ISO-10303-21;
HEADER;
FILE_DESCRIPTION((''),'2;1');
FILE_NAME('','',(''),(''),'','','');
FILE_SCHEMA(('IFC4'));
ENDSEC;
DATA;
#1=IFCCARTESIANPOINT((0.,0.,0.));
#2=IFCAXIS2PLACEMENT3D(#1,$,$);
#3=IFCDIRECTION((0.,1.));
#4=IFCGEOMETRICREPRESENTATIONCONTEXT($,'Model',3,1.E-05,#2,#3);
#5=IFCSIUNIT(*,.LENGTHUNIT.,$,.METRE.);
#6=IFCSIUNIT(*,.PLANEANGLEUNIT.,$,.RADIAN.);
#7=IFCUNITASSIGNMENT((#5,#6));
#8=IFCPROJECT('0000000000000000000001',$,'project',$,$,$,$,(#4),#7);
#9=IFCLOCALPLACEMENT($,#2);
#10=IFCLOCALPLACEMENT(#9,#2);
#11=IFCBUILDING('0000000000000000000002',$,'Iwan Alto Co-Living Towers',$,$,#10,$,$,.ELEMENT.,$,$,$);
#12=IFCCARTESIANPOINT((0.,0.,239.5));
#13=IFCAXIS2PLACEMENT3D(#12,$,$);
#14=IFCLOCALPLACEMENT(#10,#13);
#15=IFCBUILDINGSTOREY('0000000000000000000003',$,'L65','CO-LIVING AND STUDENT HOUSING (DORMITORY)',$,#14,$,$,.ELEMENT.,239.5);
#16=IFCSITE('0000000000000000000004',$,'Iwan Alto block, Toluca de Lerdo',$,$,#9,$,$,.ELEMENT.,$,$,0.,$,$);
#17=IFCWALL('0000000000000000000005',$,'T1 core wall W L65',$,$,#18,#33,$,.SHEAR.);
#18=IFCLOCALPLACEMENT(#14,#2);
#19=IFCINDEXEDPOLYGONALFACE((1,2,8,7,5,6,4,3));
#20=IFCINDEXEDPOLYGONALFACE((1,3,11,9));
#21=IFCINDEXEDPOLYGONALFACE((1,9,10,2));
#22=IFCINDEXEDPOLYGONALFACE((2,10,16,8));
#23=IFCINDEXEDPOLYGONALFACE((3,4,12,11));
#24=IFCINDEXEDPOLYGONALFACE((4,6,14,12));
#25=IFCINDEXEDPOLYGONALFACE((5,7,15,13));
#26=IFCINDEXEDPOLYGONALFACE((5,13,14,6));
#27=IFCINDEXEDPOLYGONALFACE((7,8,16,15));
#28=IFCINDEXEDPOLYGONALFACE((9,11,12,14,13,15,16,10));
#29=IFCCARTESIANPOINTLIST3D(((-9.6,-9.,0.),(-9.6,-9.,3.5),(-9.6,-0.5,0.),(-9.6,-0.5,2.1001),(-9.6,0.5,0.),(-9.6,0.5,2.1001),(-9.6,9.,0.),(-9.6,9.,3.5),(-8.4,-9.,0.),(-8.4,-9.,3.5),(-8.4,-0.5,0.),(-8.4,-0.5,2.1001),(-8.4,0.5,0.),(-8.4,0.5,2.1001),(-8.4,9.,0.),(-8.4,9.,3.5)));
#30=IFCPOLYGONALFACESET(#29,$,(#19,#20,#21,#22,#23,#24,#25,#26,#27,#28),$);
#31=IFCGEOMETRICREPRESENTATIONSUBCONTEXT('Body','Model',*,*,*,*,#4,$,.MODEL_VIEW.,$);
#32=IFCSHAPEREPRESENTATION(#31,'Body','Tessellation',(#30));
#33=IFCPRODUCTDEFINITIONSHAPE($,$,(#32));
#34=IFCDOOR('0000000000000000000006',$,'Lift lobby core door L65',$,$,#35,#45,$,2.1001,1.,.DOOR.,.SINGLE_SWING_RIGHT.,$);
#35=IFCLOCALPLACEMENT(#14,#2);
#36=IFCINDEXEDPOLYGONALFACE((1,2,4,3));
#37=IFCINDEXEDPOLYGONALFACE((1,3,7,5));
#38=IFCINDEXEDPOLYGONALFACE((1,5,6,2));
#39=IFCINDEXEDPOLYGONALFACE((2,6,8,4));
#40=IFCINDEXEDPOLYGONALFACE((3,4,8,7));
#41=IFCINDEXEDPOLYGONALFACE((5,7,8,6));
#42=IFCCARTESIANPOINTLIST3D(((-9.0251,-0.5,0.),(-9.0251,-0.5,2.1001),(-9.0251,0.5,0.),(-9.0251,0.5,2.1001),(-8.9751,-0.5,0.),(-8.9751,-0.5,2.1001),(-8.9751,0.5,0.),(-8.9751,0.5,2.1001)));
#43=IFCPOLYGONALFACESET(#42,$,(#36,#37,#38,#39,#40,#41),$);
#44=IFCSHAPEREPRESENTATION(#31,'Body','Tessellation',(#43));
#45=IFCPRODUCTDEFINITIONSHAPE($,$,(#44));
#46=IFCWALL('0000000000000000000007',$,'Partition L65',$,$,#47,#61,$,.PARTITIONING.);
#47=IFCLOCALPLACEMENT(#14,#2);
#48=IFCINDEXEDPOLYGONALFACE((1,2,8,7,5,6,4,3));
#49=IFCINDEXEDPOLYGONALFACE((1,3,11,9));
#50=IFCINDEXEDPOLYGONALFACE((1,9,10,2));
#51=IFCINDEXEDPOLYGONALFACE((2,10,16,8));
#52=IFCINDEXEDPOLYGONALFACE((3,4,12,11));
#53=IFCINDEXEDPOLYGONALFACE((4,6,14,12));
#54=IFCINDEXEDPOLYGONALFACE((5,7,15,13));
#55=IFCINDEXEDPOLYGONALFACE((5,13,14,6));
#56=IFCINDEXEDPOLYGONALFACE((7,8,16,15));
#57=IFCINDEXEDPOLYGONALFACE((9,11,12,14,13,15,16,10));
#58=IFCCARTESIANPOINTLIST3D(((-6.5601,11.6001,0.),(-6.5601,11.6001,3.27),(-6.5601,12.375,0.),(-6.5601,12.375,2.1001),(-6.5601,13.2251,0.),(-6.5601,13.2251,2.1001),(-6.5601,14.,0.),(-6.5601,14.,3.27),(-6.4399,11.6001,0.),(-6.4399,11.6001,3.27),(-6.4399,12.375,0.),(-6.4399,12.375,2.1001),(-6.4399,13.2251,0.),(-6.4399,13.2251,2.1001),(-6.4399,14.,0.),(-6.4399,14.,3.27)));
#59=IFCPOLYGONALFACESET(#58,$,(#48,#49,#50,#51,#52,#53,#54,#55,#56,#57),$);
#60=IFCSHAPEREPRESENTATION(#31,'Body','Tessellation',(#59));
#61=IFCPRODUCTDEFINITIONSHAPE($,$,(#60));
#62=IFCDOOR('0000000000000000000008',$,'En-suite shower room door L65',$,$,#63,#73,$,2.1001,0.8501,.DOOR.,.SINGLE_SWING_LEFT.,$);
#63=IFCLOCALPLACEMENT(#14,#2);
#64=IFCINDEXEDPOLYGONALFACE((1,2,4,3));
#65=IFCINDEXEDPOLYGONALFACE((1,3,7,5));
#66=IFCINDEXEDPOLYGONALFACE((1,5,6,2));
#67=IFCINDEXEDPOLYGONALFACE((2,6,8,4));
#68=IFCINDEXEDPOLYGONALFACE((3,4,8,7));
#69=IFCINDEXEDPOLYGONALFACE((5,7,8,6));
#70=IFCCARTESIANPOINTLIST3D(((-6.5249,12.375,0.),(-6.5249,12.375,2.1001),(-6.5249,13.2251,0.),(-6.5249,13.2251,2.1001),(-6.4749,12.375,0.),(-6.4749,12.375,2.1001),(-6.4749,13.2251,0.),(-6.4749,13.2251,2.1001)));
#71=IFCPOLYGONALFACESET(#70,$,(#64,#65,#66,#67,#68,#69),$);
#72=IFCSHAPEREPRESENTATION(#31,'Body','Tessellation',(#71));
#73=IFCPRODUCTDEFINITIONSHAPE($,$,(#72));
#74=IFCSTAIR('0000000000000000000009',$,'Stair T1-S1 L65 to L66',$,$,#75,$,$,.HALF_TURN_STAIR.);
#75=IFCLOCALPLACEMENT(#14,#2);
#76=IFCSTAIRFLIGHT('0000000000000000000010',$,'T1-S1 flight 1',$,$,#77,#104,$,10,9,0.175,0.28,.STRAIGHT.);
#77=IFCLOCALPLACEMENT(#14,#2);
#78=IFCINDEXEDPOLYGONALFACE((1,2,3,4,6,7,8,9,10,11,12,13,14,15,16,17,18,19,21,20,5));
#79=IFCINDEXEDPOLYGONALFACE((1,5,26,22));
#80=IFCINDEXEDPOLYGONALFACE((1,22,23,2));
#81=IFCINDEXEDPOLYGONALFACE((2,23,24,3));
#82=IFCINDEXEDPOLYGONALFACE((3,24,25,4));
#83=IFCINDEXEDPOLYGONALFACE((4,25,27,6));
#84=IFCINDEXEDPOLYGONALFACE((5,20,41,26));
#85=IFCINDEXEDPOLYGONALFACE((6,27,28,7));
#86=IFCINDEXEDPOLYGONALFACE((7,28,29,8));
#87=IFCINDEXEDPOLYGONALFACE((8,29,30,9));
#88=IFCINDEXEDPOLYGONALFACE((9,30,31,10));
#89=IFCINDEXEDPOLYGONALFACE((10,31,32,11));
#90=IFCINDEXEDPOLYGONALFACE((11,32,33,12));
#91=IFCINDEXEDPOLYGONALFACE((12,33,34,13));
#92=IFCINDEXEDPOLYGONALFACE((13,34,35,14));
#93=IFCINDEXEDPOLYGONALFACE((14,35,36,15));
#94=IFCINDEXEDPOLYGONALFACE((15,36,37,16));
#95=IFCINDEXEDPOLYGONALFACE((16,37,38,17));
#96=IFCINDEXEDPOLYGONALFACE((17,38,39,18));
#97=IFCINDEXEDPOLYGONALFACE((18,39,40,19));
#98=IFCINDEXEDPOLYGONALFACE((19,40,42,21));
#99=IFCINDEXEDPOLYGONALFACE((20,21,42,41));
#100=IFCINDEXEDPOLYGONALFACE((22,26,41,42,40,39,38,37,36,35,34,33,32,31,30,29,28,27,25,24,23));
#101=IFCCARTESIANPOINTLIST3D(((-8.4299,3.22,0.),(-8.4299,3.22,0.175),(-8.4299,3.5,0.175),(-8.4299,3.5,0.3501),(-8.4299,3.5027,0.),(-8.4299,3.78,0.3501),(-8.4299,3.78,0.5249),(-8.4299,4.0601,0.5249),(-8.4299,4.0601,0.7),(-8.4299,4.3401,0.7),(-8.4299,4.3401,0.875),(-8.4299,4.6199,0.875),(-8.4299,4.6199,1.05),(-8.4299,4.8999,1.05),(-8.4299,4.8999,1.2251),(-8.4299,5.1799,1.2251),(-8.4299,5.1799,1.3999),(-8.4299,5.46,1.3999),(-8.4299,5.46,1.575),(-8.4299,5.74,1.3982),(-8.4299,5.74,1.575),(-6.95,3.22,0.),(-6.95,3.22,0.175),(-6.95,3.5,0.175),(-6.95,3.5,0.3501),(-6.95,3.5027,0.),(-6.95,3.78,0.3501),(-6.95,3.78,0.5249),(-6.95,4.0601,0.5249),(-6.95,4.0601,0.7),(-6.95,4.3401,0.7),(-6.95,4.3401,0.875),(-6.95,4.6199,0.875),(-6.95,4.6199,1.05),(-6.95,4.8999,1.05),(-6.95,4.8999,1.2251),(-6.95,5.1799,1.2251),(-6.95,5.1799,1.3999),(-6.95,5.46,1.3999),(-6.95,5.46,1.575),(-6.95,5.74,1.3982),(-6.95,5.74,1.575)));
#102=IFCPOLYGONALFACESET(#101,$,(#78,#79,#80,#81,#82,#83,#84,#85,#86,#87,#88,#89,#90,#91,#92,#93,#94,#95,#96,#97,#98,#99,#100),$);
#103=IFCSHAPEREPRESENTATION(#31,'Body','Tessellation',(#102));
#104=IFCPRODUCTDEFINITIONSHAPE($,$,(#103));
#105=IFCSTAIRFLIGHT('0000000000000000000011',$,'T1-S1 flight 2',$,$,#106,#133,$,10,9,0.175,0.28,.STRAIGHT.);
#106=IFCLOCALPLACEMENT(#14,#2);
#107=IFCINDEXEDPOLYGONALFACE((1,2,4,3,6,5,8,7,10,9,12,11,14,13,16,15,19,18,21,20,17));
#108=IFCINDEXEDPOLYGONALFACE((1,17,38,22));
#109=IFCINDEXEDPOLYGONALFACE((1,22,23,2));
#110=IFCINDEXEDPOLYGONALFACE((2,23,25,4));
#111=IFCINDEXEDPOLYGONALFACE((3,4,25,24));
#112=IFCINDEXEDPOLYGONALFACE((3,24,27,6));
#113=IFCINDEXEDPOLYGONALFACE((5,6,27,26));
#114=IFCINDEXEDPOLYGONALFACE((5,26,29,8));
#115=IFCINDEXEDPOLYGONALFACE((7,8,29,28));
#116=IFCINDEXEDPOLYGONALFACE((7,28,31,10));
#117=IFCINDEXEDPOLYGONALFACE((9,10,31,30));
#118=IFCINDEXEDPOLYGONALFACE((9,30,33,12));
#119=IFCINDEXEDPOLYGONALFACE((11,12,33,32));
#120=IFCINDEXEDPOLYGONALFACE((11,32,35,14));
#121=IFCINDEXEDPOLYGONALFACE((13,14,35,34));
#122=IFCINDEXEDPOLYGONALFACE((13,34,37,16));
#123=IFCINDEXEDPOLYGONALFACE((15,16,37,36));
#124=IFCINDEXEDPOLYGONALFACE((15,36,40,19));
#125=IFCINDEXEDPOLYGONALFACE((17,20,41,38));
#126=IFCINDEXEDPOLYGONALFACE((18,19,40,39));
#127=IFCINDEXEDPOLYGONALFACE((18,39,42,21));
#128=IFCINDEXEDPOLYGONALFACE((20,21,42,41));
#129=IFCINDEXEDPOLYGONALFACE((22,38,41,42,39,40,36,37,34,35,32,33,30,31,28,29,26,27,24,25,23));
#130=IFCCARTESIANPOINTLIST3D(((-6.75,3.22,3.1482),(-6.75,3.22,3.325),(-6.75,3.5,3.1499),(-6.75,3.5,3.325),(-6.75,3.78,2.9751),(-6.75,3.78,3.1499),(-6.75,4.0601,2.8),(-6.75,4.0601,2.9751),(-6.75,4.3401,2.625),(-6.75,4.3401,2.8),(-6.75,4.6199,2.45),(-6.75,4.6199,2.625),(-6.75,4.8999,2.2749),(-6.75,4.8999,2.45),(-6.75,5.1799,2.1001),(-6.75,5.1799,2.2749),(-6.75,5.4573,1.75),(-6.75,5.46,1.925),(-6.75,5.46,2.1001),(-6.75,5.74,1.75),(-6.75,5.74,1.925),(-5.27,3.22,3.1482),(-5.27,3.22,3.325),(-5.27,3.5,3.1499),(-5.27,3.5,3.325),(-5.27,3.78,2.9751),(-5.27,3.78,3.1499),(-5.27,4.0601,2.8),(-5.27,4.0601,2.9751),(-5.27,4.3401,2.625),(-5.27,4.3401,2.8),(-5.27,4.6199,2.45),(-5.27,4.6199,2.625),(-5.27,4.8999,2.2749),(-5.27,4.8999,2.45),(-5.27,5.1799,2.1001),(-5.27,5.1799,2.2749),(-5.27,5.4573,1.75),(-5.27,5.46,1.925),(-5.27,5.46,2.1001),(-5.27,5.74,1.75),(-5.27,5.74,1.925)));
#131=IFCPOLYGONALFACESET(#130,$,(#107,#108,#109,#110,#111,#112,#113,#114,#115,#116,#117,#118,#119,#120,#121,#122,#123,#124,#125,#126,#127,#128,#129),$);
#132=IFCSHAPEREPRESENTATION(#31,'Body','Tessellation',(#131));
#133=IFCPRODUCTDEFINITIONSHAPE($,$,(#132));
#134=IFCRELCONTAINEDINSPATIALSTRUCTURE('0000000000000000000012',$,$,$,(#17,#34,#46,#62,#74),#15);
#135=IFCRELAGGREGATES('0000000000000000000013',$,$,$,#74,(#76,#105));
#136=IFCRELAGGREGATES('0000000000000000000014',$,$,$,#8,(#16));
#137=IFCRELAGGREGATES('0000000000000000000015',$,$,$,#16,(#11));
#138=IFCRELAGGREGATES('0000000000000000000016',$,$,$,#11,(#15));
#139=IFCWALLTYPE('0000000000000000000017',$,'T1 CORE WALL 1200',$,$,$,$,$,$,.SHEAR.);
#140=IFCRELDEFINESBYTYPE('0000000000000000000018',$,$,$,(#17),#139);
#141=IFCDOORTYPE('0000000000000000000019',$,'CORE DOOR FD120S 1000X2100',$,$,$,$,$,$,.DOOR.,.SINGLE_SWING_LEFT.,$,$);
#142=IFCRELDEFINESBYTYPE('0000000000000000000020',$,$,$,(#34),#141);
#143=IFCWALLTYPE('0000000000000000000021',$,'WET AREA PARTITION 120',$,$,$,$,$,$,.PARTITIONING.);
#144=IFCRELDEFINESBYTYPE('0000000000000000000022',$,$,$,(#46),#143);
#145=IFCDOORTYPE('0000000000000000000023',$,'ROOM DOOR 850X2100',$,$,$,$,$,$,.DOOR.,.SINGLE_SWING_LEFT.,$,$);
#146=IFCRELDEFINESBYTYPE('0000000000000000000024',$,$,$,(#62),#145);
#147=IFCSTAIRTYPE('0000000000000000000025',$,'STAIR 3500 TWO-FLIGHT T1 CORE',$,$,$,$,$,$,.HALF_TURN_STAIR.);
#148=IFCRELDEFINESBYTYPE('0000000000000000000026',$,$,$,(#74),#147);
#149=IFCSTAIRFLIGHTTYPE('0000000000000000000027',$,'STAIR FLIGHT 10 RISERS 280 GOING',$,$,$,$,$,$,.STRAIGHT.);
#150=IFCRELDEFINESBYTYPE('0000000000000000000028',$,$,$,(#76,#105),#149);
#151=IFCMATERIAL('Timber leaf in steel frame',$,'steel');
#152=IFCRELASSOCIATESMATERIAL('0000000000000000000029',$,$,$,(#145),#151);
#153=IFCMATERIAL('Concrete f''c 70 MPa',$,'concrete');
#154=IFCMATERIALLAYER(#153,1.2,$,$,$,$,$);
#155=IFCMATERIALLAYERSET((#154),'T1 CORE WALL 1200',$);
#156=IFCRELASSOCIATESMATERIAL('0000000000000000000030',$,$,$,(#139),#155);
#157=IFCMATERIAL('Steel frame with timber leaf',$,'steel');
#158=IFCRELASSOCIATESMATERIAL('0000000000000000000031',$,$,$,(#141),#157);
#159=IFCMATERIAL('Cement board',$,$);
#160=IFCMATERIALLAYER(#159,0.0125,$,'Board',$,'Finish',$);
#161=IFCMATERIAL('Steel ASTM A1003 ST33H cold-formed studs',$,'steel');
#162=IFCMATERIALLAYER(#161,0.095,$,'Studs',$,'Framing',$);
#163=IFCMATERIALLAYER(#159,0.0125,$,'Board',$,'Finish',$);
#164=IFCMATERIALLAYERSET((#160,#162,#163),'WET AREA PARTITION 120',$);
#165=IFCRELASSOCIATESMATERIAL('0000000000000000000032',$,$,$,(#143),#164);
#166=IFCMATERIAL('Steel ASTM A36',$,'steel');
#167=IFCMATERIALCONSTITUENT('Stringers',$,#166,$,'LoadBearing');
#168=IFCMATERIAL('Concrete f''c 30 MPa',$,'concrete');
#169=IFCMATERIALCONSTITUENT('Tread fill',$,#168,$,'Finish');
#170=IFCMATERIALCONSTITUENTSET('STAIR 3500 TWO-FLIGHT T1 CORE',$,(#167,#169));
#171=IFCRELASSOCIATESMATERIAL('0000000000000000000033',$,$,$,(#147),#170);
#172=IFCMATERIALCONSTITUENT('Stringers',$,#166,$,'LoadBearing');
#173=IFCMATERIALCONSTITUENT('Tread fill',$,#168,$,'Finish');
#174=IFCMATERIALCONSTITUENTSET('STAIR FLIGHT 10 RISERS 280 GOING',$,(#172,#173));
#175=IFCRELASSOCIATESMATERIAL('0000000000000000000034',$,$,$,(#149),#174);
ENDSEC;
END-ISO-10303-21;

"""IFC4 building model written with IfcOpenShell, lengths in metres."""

from ifc_helpers import new_model, si_unit, direction, frame, frame_2d, origin, place, context, subcontext, project, spatial, polyline, rectangle, outline, extrude, material, layer, layer_set, constituent, constituent_set, type_object, element, fill, aggregate, save


model = new_model("IFC4")

# Units and contexts
model_context = context("Model", 3, precision=1e-05, world=origin(), true_north=direction((0.0, 1.0)))
body_context = subcontext(model_context, "Body", "Model", "MODEL_VIEW")
ifc_project = project(units=[si_unit("LENGTHUNIT", "METRE"), si_unit("PLANEANGLEUNIT", "RADIAN")], contexts=[model_context])

# Site, building, storey
site_placement = place(None, origin())
site = spatial("IfcSite", under=ifc_project, at=site_placement, Name="Iwan Alto block, Toluca de Lerdo", CompositionType="ELEMENT", RefElevation=0.0)
building_placement = place(site_placement, origin())
building = spatial("IfcBuilding", under=site, at=building_placement, Name="Iwan Alto Co-Living Towers", CompositionType="ELEMENT")
storey_placement = place(building_placement, frame((0.0, 0.0, 239.5)))
storey = spatial("IfcBuildingStorey", under=building, at=storey_placement, Name="L65", Description="CO-LIVING AND STUDENT HOUSING (DORMITORY)", CompositionType="ELEMENT", Elevation=239.5)

# Shared definitions
ifc_material_1 = material(Name="Steel ASTM A1003 ST33H cold-formed studs", Category="steel")

# Shared definitions
ifc_material_2 = material(Name="Timber leaf in steel frame", Category="steel")
door_type_1 = type_object("IfcDoorType", Name="ROOM DOOR 850X2100", OperationType="SINGLE_SWING_LEFT", PredefinedType="DOOR", material=ifc_material_2)

# Walls, openings, doors
ifc_material_3 = material(Name="Concrete f'c 70 MPa", Category="concrete")
ifc_layer_1 = layer(ifc_material_3, 1.2)
ifc_layer_set_1 = layer_set([ifc_layer_1], Name="T1 CORE WALL 1200")
wall_type_1 = type_object("IfcWallType", Name="T1 CORE WALL 1200", PredefinedType="SHEAR", material=ifc_layer_set_1)
wall_1_placement = place(storey_placement, frame((-9.0, 9.0, 0.0), z_axis=(0.0, 0.0, 1.0), x_axis=(0.0, -1.0, 0.0)))
wall_1 = element("IfcWall", 1, at=wall_1_placement, inside=storey, type_object=wall_type_1, Name="T1 core wall W L65", PredefinedType="SHEAR", context=body_context, shape_type="SweptSolid", body=[
    extrude(rectangle(XDim=18.0, YDim=1.2, at=frame_2d((9.0, 0.0))), origin(), (0.0, 0.0, 1.0), 3.5),
])
opening_1_placement = place(wall_1_placement, frame((8.5, 0.0, 0.0)))
opening_1 = element("IfcOpeningElement", 2, at=opening_1_placement, cuts=wall_1, PredefinedType="OPENING", context=body_context, shape_type="SweptSolid", body=[
    extrude(rectangle(XDim=1.0, YDim=2.1001, at=frame_2d((0.5, 1.05))), frame((0.0, 0.6099, 0.0), z_axis=(0.0, -1.0, 0.0), x_axis=(1.0, 0.0, 0.0)), (0.0, 0.0, 1.0), 1.22),
])
ifc_material_4 = material(Name="Steel frame with timber leaf", Category="steel")
door_type_2 = type_object("IfcDoorType", Name="CORE DOOR FD120S 1000X2100", OperationType="SINGLE_SWING_LEFT", PredefinedType="DOOR", material=ifc_material_4)
door_1_placement = place(opening_1_placement, origin())
door_1 = element("IfcDoor", 3, at=door_1_placement, inside=storey, type_object=door_type_2, Name="Lift lobby core door L65", OperationType="SINGLE_SWING_RIGHT", OverallHeight=2.1001, OverallWidth=1.0, PredefinedType="DOOR", context=body_context, shape_type="SweptSolid", body=[
    extrude(rectangle(XDim=1.0, YDim=2.1001, at=frame_2d((0.5, 1.05))), frame((0.0, 0.0249, 0.0), z_axis=(0.0, -1.0, 0.0), x_axis=(1.0, 0.0, 0.0)), (0.0, 0.0, 1.0), 0.05),
])
fill(opening_1, door_1)
ifc_material_5 = material(Name="Cement board")
ifc_layer_2 = layer(ifc_material_5, 0.0125, Name="Board", Category="Finish")
ifc_layer_3 = layer(ifc_material_1, 0.095, Name="Studs", Category="Framing")
ifc_layer_4 = layer(ifc_material_5, 0.0125, Name="Board", Category="Finish")
ifc_layer_set_2 = layer_set([ifc_layer_2, ifc_layer_3, ifc_layer_4], Name="WET AREA PARTITION 120")
wall_type_2 = type_object("IfcWallType", Name="WET AREA PARTITION 120", PredefinedType="PARTITIONING", material=ifc_layer_set_2)
wall_2_placement = place(storey_placement, frame((-6.5, 11.6001, 0.0), z_axis=(0.0, 0.0, 1.0), x_axis=(0.0, 1.0, 0.0)))
wall_2 = element("IfcWall", 4, at=wall_2_placement, inside=storey, type_object=wall_type_2, Name="Partition L65", PredefinedType="PARTITIONING", context=body_context, shape_type="SweptSolid", body=[
    extrude(rectangle(XDim=2.3999, YDim=0.1201, at=frame_2d((1.2, 0.0))), origin(), (0.0, 0.0, 1.0), 3.27),
])
opening_2_placement = place(wall_2_placement, frame((0.7749, 0.0, 0.0)))
opening_2 = element("IfcOpeningElement", 5, at=opening_2_placement, cuts=wall_2, PredefinedType="OPENING", context=body_context, shape_type="SweptSolid", body=[
    extrude(rectangle(XDim=0.8501, YDim=2.1001, at=frame_2d((0.425, 1.05))), frame((0.0, 0.0701, 0.0), z_axis=(0.0, -1.0, 0.0), x_axis=(1.0, 0.0, 0.0)), (0.0, 0.0, 1.0), 0.1401),
])
door_2_placement = place(opening_2_placement, origin())
door_2 = element("IfcDoor", 6, at=door_2_placement, inside=storey, type_object=door_type_1, Name="En-suite shower room door L65", OperationType="SINGLE_SWING_LEFT", OverallHeight=2.1001, OverallWidth=0.8501, PredefinedType="DOOR", context=body_context, shape_type="SweptSolid", body=[
    extrude(rectangle(XDim=0.8501, YDim=2.1001, at=frame_2d((0.425, 1.05))), frame((0.0, 0.0249, 0.0), z_axis=(0.0, -1.0, 0.0), x_axis=(1.0, 0.0, 0.0)), (0.0, 0.0, 1.0), 0.05),
])
fill(opening_2, door_2)

# Stair, stair flights
ifc_material_6 = material(Name="Steel ASTM A36", Category="steel")
ifc_constituent_1 = constituent(ifc_material_6, Name="Stringers", Category="LoadBearing")
ifc_material_7 = material(Name="Concrete f'c 30 MPa", Category="concrete")
ifc_constituent_2 = constituent(ifc_material_7, Name="Tread fill", Category="Finish")
ifc_constituent_set_1 = constituent_set(constituents=[ifc_constituent_1, ifc_constituent_2], Name="STAIR 3500 TWO-FLIGHT T1 CORE")
stair_type = type_object("IfcStairType", Name="STAIR 3500 TWO-FLIGHT T1 CORE", PredefinedType="HALF_TURN_STAIR", material=ifc_constituent_set_1)
stair_placement = place(storey_placement, origin())
stair = element("IfcStair", 7, at=stair_placement, inside=storey, type_object=stair_type, Name="Stair T1-S1 L65 to L66", PredefinedType="HALF_TURN_STAIR")
ifc_constituent_3 = constituent(ifc_material_6, Name="Stringers", Category="LoadBearing")
ifc_constituent_4 = constituent(ifc_material_7, Name="Tread fill", Category="Finish")
ifc_constituent_set_2 = constituent_set(constituents=[ifc_constituent_3, ifc_constituent_4], Name="STAIR FLIGHT 10 RISERS 280 GOING")
stair_flight_type = type_object("IfcStairFlightType", Name="STAIR FLIGHT 10 RISERS 280 GOING", PredefinedType="STRAIGHT", material=ifc_constituent_set_2)
stair_flight_1_placement = place(storey_placement, frame((-7.6899, 3.22, 0.0), z_axis=(0.0, 0.0, 1.0), x_axis=(0.0, 1.0, 0.0)))
stair_flight_1 = element("IfcStairFlight", 8, at=stair_flight_1_placement, type_object=stair_flight_type, Name="T1-S1 flight 1", NumberOfRisers=10, NumberOfTreads=9, PredefinedType="STRAIGHT", RiserHeight=0.175, TreadLength=0.28, context=body_context, shape_type="SweptSolid", body=[
    extrude(outline(polyline([(0.0, 0.0), (0.0, 0.175), (0.28, 0.175), (0.28, 0.3501), (0.5601, 0.3501), (0.5601, 0.5249), (0.8401, 0.5249), (0.8401, 0.7), (1.1201, 0.7), (1.1201, 0.875), (1.3999, 0.875), (1.3999, 1.05), (1.6799, 1.05), (1.6799, 1.2251), (1.96, 1.2251), (1.96, 1.3999), (2.24, 1.3999), (2.24, 1.575), (2.52, 1.575), (2.52, 1.75), (2.52, 1.3982), (0.2827, 0.0), (0.0, 0.0)])), frame((0.0, 0.74, 0.0), z_axis=(0.0, -1.0, 0.0), x_axis=(1.0, 0.0, 0.0)), (0.0, 0.0, 1.0), 1.48),
])
stair_flight_2_placement = place(storey_placement, frame((-6.01, 5.74, 1.75), z_axis=(0.0, 0.0, 1.0), x_axis=(0.0, -1.0, 0.0)))
stair_flight_2 = element("IfcStairFlight", 9, at=stair_flight_2_placement, type_object=stair_flight_type, Name="T1-S1 flight 2", NumberOfRisers=10, NumberOfTreads=9, PredefinedType="STRAIGHT", RiserHeight=0.175, TreadLength=0.28, context=body_context, shape_type="SweptSolid", body=[
    extrude(outline(polyline([(0.0, 0.0), (0.0, 0.175), (0.28, 0.175), (0.28, 0.3501), (0.5601, 0.3501), (0.5601, 0.5249), (0.8401, 0.5249), (0.8401, 0.7), (1.1201, 0.7), (1.1201, 0.875), (1.3999, 0.875), (1.3999, 1.05), (1.6799, 1.05), (1.6799, 1.2251), (1.96, 1.2251), (1.96, 1.3999), (2.24, 1.3999), (2.24, 1.575), (2.52, 1.575), (2.52, 1.75), (2.52, 1.3982), (0.2827, 0.0), (0.0, 0.0)])), frame((0.0, 0.74, 0.0), z_axis=(0.0, -1.0, 0.0), x_axis=(1.0, 0.0, 0.0)), (0.0, 0.0, 1.0), 1.48),
])
aggregate(stair, [stair_flight_1, stair_flight_2])

save(model, "model.ifc")
